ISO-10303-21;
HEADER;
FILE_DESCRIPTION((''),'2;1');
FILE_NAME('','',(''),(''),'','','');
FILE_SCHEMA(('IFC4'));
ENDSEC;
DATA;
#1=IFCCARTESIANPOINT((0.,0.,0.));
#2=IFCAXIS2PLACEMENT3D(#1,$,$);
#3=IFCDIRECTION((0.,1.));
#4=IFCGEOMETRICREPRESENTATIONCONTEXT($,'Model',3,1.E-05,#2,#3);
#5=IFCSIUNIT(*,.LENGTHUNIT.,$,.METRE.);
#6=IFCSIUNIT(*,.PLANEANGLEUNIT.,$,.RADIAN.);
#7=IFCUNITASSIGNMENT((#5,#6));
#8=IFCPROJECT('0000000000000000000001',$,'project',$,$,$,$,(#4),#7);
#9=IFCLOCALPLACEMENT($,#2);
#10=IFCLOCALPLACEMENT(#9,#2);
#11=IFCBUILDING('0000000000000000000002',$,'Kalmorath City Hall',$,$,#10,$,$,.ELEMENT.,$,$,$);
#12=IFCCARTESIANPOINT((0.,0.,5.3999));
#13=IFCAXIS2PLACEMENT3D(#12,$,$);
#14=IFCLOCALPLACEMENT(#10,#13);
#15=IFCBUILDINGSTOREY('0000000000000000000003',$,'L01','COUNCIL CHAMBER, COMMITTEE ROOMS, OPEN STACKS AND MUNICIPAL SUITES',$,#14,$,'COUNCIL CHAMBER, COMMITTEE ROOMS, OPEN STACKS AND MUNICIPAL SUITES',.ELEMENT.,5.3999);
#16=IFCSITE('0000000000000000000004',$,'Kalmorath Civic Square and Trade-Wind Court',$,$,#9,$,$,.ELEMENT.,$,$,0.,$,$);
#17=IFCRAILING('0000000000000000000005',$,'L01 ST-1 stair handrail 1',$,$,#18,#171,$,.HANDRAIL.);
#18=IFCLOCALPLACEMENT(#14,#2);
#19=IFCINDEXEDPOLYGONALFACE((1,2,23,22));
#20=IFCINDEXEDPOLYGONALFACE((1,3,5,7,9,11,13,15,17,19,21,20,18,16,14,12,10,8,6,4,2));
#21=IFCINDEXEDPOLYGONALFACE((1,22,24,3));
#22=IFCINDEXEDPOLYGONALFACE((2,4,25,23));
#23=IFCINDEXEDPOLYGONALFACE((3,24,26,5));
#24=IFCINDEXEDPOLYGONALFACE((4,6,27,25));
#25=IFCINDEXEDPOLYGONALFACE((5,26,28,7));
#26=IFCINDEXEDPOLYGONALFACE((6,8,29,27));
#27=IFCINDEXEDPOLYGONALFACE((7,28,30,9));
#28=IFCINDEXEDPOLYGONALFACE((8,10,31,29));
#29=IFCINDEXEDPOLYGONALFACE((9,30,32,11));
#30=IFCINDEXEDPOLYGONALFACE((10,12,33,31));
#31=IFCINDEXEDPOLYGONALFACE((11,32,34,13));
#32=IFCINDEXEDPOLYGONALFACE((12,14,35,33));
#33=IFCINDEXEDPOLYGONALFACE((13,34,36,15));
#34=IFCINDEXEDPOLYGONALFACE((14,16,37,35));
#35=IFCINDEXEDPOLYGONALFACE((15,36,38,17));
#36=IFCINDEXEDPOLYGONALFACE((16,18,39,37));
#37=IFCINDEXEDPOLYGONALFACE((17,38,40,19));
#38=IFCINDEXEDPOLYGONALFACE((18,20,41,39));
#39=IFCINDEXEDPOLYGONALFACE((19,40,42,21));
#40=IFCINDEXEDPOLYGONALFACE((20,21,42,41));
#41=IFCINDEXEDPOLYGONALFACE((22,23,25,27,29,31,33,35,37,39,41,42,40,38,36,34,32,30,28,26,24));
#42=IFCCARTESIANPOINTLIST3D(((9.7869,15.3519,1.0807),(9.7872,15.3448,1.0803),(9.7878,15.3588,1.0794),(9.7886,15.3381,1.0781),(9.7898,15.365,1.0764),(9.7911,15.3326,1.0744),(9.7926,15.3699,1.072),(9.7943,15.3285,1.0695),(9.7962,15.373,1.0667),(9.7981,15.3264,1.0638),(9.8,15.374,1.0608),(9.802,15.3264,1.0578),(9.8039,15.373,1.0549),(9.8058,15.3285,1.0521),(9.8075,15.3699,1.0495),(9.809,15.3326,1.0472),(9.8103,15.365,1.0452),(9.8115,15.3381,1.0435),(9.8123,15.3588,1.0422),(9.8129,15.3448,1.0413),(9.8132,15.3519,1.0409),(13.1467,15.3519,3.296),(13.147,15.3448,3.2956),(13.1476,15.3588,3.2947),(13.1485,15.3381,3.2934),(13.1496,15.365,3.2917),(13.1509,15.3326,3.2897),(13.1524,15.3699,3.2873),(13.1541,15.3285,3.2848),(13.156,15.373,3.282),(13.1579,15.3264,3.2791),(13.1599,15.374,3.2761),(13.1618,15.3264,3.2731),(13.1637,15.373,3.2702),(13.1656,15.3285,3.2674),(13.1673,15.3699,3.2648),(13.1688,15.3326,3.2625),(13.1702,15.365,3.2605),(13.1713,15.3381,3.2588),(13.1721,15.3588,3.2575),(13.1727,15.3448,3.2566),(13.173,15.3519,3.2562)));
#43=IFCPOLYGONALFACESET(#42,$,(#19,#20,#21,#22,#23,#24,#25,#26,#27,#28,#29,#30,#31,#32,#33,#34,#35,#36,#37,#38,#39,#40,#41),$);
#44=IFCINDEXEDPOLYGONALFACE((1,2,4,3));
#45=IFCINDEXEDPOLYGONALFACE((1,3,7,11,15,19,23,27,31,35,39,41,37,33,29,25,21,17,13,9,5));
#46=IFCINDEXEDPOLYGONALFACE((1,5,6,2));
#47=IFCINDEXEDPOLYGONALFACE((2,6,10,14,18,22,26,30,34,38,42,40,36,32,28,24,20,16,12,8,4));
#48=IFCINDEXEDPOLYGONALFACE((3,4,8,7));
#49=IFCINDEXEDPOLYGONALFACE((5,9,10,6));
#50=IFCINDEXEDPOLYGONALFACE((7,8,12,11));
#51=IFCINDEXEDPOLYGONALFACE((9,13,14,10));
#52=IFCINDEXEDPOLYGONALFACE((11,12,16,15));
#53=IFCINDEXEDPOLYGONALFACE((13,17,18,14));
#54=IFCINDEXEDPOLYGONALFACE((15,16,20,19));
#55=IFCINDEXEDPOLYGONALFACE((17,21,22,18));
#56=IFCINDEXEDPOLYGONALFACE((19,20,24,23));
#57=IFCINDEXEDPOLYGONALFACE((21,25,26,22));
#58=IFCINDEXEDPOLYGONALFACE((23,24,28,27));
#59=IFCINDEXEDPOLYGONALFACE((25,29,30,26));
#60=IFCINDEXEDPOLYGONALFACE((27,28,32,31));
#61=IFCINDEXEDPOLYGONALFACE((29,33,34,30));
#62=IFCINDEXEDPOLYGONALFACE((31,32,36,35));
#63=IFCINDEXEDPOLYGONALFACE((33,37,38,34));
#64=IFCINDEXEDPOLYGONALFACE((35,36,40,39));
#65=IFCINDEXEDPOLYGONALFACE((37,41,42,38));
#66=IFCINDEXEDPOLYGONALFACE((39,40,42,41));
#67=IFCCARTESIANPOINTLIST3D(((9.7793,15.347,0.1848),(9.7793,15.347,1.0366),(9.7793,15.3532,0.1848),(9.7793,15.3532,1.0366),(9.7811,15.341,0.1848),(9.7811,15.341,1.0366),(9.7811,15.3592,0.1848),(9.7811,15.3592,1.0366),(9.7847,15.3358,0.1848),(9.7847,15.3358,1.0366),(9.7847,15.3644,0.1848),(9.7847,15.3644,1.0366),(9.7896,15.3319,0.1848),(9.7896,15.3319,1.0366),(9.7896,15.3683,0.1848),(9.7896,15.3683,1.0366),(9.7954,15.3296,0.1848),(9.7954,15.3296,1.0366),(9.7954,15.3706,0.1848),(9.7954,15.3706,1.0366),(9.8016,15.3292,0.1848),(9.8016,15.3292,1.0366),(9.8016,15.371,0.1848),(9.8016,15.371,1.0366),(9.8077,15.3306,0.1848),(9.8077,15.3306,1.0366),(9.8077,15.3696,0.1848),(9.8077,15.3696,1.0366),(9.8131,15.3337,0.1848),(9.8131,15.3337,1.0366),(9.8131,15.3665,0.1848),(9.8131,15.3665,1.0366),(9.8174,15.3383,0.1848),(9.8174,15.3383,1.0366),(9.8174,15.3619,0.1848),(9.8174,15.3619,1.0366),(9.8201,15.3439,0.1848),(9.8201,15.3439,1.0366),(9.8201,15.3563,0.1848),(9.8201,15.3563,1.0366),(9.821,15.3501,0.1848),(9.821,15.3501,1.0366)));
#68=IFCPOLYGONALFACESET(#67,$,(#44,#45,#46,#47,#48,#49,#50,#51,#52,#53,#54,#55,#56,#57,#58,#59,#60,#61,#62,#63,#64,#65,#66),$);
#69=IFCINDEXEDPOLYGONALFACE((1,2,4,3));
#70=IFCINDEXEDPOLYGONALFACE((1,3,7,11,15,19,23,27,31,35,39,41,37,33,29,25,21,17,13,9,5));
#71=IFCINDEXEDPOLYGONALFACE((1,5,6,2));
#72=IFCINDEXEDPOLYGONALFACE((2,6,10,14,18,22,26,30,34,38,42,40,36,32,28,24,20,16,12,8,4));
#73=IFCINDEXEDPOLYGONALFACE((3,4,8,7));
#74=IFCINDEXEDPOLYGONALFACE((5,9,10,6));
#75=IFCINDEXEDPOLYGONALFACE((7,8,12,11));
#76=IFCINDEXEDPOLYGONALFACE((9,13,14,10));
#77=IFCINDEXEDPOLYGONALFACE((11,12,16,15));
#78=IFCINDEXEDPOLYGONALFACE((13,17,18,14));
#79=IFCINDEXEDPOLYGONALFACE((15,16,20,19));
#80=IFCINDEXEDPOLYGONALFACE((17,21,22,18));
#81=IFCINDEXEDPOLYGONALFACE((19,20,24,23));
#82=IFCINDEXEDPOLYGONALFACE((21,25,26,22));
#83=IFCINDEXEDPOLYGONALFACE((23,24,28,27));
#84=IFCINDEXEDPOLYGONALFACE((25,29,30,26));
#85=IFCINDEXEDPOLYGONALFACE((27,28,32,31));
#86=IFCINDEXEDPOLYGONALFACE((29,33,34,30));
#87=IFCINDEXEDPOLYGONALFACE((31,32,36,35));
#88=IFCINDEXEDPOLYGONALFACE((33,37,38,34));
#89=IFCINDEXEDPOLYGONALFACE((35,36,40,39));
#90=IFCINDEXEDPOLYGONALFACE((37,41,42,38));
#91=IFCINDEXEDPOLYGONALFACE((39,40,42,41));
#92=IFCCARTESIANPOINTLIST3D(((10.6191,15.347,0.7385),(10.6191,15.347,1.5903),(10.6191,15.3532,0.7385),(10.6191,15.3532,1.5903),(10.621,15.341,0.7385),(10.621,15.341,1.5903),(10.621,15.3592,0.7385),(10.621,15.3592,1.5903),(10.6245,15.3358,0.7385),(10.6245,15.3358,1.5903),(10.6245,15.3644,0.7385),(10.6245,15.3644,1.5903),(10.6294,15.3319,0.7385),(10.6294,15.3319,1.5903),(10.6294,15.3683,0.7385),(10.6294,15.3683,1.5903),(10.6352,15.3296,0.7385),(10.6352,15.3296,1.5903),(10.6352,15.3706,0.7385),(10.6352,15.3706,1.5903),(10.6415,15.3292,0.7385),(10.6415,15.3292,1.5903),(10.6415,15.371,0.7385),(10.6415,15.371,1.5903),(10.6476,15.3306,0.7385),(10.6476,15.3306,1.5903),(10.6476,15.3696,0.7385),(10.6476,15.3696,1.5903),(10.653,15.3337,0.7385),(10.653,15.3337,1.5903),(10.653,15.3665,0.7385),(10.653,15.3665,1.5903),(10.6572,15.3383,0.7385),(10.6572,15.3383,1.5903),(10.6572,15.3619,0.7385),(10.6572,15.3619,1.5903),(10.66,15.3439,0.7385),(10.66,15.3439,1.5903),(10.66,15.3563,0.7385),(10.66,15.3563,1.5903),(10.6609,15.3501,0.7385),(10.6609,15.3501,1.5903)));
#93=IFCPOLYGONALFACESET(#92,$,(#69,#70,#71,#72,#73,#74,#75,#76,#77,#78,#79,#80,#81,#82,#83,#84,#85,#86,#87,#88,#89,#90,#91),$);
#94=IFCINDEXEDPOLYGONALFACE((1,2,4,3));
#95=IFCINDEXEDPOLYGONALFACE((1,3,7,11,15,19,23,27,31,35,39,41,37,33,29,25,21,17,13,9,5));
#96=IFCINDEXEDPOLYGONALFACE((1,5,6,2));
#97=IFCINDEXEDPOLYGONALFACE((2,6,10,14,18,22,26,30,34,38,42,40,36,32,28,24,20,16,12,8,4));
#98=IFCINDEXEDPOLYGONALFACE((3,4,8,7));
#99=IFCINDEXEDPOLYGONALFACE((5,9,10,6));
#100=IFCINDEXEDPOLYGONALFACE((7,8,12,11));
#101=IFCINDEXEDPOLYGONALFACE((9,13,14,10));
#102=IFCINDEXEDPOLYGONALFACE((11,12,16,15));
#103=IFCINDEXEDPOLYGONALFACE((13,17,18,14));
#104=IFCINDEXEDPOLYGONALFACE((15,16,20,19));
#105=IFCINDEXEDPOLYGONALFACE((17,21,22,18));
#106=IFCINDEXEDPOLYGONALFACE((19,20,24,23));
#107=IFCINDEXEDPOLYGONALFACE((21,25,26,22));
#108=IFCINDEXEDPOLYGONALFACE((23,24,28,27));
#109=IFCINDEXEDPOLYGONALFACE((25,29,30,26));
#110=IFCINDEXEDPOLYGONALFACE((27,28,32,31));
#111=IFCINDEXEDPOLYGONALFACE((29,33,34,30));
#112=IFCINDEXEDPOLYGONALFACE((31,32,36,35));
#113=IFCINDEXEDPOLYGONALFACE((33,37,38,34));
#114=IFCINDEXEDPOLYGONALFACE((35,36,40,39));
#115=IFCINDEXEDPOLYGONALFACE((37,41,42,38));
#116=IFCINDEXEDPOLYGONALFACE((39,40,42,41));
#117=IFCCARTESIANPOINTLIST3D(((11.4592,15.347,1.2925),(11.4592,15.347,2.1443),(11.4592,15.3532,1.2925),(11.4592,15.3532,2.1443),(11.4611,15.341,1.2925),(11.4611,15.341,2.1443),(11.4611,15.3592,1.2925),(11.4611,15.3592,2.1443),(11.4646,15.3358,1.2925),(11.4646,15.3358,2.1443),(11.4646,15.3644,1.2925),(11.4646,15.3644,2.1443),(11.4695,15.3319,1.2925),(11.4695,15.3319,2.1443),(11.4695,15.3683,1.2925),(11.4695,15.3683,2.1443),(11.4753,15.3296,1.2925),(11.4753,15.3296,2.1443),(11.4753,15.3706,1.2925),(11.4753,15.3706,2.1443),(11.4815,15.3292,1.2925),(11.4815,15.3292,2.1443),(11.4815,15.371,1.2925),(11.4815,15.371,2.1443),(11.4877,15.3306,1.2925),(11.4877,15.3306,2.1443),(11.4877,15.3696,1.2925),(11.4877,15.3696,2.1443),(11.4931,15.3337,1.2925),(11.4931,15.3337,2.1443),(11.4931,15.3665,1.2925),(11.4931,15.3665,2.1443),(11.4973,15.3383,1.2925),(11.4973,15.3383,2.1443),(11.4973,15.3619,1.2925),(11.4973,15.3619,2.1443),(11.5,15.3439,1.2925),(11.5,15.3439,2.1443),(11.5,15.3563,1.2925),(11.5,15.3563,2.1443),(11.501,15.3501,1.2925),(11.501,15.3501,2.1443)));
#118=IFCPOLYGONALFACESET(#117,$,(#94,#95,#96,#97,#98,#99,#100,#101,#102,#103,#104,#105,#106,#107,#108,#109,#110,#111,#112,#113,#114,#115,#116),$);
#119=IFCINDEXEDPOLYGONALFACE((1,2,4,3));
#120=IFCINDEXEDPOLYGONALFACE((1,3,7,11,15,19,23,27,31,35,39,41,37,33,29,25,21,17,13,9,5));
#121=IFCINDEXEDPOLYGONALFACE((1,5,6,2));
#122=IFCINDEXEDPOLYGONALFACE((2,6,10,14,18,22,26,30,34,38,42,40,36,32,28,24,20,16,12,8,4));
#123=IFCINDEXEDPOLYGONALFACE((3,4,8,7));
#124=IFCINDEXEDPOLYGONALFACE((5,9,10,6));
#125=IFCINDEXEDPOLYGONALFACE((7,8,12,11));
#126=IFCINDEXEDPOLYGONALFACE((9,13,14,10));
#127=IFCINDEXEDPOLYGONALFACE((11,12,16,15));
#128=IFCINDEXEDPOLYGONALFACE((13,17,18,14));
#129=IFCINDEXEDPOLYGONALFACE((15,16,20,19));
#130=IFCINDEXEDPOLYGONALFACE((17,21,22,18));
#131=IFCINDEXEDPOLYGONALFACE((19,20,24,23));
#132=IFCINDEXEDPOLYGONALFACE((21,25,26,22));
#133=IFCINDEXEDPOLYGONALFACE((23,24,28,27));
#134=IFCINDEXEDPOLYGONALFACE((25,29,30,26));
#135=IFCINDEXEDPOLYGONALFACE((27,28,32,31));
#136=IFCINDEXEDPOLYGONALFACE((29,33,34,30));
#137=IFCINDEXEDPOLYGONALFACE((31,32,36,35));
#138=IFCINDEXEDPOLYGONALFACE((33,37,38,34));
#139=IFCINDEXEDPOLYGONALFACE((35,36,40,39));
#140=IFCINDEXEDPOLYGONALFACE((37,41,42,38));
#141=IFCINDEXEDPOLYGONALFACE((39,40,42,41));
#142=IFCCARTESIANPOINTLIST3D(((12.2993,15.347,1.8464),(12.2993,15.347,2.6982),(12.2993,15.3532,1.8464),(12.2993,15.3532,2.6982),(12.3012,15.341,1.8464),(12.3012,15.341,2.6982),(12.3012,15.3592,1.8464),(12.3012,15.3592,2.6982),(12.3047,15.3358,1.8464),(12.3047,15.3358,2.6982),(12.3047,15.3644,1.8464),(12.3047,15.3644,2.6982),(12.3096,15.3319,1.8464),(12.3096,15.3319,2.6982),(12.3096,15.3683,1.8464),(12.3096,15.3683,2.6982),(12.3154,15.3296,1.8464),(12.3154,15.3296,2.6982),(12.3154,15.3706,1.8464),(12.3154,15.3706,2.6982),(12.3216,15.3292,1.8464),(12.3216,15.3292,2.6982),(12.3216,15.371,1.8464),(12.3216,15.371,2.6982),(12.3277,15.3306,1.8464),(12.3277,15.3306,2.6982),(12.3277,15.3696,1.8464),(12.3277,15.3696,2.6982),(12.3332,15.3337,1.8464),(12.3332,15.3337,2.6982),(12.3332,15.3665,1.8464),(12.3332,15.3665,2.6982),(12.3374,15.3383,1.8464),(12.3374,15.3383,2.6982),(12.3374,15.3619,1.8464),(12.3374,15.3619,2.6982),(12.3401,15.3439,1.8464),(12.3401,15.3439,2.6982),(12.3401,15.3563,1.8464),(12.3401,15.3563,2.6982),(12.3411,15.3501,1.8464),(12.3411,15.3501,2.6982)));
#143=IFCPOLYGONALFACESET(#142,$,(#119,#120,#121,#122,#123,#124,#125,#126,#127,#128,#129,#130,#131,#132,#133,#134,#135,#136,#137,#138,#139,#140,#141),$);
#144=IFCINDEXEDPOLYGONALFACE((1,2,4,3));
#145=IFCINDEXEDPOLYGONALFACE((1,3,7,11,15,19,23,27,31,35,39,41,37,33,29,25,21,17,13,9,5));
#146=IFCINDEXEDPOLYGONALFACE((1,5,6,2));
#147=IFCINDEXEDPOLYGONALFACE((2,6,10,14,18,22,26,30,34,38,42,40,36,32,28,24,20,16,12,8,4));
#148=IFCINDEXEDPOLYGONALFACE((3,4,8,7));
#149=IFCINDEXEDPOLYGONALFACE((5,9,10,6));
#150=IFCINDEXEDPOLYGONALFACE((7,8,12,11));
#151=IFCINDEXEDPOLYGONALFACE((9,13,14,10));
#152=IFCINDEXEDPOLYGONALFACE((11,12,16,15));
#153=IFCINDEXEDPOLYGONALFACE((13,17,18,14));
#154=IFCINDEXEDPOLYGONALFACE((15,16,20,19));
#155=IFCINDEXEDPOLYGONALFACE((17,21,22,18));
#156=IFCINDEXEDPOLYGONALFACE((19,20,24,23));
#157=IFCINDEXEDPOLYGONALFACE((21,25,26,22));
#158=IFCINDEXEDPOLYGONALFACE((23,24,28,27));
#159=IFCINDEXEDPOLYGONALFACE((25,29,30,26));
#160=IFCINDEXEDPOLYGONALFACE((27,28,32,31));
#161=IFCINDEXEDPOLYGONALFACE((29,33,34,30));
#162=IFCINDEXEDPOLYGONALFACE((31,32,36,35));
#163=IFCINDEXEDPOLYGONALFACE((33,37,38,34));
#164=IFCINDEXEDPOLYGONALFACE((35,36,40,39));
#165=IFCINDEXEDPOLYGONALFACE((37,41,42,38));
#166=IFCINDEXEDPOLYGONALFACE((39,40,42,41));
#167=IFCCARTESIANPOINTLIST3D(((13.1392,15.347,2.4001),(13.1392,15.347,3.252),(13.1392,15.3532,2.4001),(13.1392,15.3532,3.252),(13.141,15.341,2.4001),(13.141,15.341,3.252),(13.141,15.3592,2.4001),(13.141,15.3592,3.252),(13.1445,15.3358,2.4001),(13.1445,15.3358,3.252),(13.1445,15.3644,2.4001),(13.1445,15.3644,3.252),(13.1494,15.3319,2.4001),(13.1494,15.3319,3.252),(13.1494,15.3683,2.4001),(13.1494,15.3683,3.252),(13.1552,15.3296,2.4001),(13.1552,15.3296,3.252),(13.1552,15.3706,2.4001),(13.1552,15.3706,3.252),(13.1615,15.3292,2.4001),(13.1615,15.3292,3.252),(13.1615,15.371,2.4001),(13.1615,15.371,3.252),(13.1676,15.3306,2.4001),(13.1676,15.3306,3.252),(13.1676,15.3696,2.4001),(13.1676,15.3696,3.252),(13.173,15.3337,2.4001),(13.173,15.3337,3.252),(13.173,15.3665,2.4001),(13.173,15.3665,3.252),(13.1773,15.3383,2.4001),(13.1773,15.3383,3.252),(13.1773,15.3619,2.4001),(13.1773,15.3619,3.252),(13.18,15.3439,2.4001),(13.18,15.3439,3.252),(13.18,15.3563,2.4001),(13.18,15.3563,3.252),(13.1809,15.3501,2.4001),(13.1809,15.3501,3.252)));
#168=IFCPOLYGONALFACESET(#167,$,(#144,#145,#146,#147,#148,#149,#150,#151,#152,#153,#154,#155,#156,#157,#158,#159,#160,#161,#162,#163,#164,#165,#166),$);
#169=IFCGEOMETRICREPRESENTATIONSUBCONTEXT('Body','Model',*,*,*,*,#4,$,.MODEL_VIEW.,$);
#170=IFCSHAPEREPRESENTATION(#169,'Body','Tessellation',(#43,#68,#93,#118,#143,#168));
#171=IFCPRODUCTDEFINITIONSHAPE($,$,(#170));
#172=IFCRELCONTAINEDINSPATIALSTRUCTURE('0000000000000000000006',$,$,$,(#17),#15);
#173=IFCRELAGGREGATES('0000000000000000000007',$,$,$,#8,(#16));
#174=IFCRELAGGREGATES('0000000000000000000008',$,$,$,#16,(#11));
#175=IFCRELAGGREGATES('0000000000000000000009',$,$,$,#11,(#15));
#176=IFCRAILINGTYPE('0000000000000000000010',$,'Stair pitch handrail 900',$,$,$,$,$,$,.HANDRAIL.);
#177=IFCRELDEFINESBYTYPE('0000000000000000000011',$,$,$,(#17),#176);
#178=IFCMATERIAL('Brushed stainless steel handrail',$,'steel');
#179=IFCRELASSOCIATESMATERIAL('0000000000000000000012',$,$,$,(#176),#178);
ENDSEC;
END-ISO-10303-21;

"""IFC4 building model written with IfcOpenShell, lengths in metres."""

from ifc_helpers import new_model, si_unit, direction, frame, origin, origin_2d, place, context, subcontext, project, spatial, circle, extrude, material, type_object, element, save


model = new_model("IFC4")

# Units and contexts
model_context = context("Model", 3, precision=1e-05, world=origin(), true_north=direction((0.0, 1.0)))
body_context = subcontext(model_context, "Body", "Model", "MODEL_VIEW")
ifc_project = project(units=[si_unit("LENGTHUNIT", "METRE"), si_unit("PLANEANGLEUNIT", "RADIAN")], contexts=[model_context])

# Site, building, storey
site_placement = place(None, origin())
site = spatial("IfcSite", under=ifc_project, at=site_placement, Name="Kalmorath Civic Square and Trade-Wind Court", CompositionType="ELEMENT", RefElevation=0.0)
building_placement = place(site_placement, origin())
building = spatial("IfcBuilding", under=site, at=building_placement, Name="Kalmorath City Hall", CompositionType="ELEMENT")
storey_placement = place(building_placement, frame((0.0, 0.0, 5.3999)))
storey = spatial("IfcBuildingStorey", under=building, at=storey_placement, Name="L01", Description="COUNCIL CHAMBER, COMMITTEE ROOMS, OPEN STACKS AND MUNICIPAL SUITES", LongName="COUNCIL CHAMBER, COMMITTEE ROOMS, OPEN STACKS AND MUNICIPAL SUITES", CompositionType="ELEMENT", Elevation=5.3999)

# Railing
ifc_material_1 = material(Name="Brushed stainless steel handrail", Category="steel")
railing_type_1 = type_object("IfcRailingType", Name="Stair pitch handrail 900", PredefinedType="HANDRAIL", material=ifc_material_1)
railing_1_placement = place(storey_placement, frame((9.8, 15.3501, 0.1848)))
element("IfcRailing", 1, at=railing_1_placement, inside=storey, type_object=railing_type_1, Name="L01 ST-1 stair handrail 1", PredefinedType="HANDRAIL", context=body_context, shape_type="SweptSolid", body=[
    extrude(circle(Radius=0.0239, at=origin_2d()), frame((0.0, 0.0, 0.876), z_axis=(0.834858, 0.0, 0.550465), x_axis=(0.0, 1.0, 0.0)), (0.0, 0.0, 1.0), 4.0244),
    extrude(circle(Radius=0.021, at=origin_2d()), origin(), (0.0, 0.0, 1.0), 0.8518),
    extrude(circle(Radius=0.021, at=origin_2d()), frame((0.8398, 0.0, 0.5537)), (0.0, 0.0, 1.0), 0.8518),
    extrude(circle(Radius=0.021, at=origin_2d()), frame((1.6799, 0.0, 1.1077)), (0.0, 0.0, 1.0), 0.8518),
    extrude(circle(Radius=0.021, at=origin_2d()), frame((2.52, 0.0, 1.6616)), (0.0, 0.0, 1.0), 0.8518),
    extrude(circle(Radius=0.021, at=origin_2d()), frame((3.3599, 0.0, 2.2153)), (0.0, 0.0, 1.0), 0.8518),
])

save(model, "model.ifc")
